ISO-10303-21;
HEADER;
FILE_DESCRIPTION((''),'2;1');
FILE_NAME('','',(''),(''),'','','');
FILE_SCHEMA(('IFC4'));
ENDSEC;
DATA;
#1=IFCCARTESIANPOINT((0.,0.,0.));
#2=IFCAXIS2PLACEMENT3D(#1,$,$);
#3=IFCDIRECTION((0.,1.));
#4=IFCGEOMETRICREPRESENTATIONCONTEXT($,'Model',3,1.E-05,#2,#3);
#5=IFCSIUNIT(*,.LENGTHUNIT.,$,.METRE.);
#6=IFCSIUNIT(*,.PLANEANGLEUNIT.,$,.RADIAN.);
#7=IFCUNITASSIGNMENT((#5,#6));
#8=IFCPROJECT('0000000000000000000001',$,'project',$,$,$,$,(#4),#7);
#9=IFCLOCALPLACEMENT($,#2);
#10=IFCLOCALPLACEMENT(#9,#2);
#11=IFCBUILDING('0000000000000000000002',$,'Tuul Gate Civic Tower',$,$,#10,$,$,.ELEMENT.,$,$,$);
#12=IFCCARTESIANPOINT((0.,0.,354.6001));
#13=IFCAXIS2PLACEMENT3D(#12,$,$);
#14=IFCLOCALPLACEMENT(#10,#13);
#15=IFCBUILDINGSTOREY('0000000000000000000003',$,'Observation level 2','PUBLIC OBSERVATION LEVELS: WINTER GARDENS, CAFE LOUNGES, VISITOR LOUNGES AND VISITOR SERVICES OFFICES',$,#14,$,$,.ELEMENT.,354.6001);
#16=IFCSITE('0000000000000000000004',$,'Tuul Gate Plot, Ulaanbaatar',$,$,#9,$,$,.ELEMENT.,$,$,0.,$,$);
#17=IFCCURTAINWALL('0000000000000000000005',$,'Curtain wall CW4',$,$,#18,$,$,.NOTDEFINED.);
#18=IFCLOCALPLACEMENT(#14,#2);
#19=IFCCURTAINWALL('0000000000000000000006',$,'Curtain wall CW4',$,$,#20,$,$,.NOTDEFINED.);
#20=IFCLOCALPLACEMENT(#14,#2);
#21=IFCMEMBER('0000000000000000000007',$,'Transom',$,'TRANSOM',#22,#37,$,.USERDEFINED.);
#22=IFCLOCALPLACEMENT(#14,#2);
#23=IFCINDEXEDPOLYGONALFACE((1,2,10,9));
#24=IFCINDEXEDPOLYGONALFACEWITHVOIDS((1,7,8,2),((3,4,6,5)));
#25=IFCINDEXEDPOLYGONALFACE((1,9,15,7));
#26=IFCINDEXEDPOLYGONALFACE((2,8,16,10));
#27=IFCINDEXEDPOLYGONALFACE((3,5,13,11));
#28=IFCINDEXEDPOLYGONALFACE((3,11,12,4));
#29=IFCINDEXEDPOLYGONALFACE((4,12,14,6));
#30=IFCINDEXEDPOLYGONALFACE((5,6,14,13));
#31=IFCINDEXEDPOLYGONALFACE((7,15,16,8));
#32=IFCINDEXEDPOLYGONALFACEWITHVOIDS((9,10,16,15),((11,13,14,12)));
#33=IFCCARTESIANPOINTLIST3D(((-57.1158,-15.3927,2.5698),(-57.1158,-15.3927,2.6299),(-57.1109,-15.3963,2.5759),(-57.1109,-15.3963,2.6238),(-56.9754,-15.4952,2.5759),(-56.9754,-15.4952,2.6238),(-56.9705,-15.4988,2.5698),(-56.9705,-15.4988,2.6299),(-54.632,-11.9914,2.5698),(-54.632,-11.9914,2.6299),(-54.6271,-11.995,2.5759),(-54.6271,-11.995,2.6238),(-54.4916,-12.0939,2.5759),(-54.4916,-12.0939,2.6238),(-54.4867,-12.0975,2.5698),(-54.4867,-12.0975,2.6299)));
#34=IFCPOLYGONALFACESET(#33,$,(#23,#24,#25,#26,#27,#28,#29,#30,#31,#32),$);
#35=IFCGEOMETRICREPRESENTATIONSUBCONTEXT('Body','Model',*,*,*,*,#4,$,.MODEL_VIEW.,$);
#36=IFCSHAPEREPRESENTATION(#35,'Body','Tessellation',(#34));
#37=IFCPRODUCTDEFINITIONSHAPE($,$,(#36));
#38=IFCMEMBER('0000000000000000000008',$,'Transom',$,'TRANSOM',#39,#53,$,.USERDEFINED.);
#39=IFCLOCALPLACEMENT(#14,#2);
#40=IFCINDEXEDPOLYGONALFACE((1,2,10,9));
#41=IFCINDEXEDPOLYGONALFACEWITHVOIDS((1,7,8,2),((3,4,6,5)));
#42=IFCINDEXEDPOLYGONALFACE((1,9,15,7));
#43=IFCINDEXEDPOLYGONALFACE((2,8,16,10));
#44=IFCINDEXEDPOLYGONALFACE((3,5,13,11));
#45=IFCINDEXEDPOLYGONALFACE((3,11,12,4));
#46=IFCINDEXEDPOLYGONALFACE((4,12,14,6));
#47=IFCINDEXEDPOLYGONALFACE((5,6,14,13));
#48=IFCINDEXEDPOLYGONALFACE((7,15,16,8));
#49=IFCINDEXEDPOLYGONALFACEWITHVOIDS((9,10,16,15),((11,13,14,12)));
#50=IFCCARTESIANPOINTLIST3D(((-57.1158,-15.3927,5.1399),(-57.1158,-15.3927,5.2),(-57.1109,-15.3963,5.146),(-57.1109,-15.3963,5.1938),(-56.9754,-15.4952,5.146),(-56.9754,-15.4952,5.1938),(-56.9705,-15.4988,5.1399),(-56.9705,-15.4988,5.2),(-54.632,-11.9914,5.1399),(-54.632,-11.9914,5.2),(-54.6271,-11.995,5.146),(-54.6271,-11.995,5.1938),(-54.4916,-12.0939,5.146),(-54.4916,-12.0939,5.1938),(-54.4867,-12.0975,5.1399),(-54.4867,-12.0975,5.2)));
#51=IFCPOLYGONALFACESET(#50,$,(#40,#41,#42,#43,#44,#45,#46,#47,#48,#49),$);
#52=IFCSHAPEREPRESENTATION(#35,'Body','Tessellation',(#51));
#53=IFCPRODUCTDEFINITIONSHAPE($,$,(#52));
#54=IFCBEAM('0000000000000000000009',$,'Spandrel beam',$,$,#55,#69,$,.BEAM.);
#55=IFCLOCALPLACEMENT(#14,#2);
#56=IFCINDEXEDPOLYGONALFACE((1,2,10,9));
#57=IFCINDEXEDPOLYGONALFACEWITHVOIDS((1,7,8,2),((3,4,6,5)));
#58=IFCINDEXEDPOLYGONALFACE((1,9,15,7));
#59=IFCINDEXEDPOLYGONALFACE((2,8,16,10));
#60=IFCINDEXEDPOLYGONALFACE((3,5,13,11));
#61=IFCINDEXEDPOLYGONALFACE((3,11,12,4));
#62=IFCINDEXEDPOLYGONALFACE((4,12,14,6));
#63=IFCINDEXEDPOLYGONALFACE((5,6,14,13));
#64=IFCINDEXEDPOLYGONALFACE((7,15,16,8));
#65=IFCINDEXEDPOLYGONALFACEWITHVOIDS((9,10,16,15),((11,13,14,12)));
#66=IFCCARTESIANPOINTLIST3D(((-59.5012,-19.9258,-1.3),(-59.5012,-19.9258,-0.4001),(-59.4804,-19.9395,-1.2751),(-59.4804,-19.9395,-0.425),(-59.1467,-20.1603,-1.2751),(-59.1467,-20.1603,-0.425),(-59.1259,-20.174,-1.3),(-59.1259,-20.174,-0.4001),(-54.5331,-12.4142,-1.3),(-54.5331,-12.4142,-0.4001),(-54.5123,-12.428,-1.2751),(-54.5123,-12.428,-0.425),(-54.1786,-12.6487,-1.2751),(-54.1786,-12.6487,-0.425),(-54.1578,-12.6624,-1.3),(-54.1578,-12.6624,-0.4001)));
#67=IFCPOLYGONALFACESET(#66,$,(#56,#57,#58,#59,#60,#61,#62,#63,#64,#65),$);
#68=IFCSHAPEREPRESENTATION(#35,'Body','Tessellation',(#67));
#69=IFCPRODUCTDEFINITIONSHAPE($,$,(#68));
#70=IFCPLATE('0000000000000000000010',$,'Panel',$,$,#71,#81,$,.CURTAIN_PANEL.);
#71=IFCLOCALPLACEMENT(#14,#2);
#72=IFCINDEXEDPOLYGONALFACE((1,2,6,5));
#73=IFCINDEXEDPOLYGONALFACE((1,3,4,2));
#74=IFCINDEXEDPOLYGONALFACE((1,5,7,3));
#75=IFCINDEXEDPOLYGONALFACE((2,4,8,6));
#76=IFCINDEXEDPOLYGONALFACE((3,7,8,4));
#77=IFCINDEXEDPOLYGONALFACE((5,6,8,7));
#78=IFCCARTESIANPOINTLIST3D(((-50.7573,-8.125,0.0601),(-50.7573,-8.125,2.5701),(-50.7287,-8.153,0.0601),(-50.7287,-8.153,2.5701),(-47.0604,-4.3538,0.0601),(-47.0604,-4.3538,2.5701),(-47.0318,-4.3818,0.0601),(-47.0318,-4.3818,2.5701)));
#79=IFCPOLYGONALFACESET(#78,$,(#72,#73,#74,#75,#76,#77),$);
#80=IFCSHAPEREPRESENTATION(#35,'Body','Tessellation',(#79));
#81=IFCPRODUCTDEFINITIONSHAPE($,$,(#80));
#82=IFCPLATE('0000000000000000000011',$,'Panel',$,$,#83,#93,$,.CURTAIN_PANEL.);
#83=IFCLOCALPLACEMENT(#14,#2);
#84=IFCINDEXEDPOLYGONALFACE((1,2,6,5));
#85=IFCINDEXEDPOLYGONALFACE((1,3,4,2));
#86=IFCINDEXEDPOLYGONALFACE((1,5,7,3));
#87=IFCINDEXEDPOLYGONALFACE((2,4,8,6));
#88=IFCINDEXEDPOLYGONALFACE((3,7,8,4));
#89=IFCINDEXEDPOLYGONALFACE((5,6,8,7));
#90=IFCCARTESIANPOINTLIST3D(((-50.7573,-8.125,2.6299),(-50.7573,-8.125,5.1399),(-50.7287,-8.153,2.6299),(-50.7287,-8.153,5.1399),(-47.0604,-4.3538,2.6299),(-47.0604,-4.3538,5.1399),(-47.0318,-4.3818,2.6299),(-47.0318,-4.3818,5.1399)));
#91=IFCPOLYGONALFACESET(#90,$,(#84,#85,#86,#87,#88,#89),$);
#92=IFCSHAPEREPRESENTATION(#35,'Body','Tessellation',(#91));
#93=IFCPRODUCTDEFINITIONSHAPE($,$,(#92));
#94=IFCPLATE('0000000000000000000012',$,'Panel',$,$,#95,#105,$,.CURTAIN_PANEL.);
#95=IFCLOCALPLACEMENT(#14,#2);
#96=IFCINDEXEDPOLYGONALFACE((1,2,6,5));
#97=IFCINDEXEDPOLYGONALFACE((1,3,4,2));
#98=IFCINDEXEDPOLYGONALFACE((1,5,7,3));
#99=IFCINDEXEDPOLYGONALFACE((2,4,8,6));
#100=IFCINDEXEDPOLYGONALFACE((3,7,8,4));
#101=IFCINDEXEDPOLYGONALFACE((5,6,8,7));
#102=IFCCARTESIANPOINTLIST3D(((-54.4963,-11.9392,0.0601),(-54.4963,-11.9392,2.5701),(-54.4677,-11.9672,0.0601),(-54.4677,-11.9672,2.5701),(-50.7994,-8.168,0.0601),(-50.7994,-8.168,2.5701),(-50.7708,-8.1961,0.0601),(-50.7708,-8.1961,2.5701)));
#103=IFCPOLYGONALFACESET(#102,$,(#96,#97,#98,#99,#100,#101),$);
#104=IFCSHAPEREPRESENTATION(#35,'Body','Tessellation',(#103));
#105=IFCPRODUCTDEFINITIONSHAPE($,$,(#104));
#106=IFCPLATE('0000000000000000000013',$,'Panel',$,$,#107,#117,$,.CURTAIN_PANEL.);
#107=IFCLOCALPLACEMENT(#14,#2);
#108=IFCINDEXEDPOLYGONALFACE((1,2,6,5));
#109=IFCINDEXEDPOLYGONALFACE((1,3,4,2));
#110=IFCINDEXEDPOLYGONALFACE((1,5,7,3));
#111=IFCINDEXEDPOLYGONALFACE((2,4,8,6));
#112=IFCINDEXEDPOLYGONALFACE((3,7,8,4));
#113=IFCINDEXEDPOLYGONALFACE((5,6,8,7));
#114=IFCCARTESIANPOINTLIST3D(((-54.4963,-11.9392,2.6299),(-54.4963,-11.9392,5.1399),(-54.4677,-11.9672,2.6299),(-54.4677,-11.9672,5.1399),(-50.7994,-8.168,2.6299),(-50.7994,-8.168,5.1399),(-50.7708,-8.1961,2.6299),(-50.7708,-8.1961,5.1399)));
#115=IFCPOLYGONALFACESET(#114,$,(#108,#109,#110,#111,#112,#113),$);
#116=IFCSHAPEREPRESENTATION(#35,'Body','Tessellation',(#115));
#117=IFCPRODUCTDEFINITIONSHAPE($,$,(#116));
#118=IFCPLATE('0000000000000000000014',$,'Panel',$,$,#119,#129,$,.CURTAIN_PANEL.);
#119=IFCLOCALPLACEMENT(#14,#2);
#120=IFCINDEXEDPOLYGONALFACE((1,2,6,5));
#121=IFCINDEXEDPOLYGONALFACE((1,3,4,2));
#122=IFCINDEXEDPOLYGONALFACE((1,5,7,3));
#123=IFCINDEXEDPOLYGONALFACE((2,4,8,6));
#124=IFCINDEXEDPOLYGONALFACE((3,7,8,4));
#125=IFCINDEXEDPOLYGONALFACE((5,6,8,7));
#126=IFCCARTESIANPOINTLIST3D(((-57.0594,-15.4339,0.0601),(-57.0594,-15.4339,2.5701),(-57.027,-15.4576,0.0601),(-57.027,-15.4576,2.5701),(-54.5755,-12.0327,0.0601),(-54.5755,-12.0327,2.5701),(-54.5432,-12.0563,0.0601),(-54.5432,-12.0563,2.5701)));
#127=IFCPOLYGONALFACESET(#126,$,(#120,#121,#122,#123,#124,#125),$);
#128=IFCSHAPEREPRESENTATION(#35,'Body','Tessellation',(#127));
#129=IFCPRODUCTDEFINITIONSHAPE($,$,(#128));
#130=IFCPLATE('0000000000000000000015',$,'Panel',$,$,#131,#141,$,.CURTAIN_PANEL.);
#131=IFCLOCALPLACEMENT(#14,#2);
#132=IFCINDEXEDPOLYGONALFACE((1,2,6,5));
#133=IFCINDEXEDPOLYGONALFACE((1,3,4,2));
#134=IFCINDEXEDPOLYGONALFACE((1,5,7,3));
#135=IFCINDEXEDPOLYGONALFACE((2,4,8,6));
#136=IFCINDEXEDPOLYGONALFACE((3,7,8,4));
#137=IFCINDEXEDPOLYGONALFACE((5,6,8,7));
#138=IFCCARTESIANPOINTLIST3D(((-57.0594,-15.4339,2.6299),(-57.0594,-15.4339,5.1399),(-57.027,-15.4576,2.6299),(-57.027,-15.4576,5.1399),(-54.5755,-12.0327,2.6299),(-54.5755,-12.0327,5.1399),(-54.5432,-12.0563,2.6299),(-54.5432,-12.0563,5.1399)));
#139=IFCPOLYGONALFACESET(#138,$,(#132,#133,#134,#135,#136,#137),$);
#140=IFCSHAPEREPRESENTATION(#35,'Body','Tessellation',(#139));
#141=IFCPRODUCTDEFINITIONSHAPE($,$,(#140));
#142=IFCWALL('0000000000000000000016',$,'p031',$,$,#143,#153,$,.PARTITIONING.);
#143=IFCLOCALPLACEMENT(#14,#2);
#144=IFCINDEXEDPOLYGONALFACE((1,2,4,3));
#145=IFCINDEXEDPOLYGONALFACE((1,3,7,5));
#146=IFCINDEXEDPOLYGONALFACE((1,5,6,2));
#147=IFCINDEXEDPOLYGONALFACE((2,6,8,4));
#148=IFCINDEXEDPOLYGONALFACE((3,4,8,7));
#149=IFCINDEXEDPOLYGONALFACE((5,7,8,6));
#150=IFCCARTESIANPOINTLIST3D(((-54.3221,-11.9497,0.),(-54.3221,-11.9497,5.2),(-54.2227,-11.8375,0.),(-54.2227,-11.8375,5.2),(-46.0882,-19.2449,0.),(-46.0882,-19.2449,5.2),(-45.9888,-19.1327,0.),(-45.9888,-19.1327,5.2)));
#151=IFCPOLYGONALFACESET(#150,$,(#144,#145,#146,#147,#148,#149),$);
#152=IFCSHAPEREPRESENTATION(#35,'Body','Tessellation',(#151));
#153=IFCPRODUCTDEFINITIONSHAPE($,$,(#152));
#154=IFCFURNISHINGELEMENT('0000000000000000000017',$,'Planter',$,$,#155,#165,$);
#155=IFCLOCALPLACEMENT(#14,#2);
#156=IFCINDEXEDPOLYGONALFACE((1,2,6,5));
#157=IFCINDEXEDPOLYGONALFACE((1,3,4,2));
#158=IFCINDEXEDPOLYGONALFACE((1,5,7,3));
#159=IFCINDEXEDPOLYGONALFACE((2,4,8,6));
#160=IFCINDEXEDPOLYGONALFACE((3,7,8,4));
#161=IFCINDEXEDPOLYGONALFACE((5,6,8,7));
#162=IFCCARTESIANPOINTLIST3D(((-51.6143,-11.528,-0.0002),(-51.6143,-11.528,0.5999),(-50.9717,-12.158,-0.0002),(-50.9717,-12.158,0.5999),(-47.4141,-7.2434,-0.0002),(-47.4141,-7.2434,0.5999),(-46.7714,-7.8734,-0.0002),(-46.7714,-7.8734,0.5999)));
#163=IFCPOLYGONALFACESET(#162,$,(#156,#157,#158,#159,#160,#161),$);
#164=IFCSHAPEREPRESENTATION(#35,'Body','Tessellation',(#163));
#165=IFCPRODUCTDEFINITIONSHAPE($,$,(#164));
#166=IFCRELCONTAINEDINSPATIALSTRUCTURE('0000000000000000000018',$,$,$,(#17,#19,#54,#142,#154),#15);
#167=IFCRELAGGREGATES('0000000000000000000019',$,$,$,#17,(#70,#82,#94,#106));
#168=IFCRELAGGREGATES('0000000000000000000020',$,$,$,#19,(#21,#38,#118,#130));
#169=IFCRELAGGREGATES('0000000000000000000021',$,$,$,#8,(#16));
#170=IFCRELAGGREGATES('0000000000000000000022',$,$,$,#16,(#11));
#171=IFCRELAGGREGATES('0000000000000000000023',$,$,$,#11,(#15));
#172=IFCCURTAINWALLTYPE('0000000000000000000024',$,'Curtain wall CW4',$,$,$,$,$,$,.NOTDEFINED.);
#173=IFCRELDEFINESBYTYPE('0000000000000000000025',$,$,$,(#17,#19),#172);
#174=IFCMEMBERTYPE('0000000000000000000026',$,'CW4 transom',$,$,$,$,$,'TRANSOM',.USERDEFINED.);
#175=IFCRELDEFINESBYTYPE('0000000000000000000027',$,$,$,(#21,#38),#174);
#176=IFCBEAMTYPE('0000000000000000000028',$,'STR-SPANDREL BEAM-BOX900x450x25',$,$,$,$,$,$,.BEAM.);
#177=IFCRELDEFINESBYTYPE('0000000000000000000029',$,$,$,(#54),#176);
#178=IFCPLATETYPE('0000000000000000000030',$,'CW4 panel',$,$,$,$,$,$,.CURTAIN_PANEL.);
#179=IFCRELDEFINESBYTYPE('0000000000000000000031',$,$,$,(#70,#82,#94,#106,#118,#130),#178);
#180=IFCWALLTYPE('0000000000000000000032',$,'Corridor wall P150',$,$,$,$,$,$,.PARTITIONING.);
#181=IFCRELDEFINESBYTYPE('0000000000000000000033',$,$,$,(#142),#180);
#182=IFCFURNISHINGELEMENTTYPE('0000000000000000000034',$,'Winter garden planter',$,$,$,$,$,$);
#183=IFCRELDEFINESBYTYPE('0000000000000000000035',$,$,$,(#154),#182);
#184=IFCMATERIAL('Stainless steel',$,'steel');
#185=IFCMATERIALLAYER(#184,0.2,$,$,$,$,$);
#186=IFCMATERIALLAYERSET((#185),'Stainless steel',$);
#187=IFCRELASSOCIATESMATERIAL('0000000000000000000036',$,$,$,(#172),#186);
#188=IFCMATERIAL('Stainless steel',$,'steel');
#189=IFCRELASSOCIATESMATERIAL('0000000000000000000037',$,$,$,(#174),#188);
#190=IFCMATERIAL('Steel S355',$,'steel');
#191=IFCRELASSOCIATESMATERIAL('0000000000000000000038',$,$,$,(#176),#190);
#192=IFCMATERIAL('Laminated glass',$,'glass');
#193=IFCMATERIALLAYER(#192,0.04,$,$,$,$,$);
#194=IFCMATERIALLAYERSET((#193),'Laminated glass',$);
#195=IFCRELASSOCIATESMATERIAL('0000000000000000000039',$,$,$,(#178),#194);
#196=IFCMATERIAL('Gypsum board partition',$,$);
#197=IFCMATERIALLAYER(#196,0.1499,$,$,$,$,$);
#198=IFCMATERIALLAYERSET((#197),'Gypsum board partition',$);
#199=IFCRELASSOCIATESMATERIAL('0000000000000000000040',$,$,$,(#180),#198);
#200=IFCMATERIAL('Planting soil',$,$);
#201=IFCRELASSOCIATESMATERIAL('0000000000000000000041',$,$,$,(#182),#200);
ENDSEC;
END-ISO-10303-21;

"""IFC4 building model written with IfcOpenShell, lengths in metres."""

from ifc_helpers import new_model, si_unit, direction, frame, frame_2d, origin, origin_2d, place, context, subcontext, project, spatial, rectangle, hollow_rectangle, extrude, material, layer, layer_set, material_profile, profile_set, type_object, element, aggregate, save


model = new_model("IFC4")

# Units and contexts
model_context = context("Model", 3, precision=1e-05, world=origin(), true_north=direction((0.0, 1.0)))
body_context = subcontext(model_context, "Body", "Model", "MODEL_VIEW")
ifc_project = project(units=[si_unit("LENGTHUNIT", "METRE"), si_unit("PLANEANGLEUNIT", "RADIAN")], contexts=[model_context])

# Site, building, storey
site_placement = place(None, origin())
site = spatial("IfcSite", under=ifc_project, at=site_placement, Name="Tuul Gate Plot, Ulaanbaatar", CompositionType="ELEMENT", RefElevation=0.0)
building_placement = place(site_placement, origin())
building = spatial("IfcBuilding", under=site, at=building_placement, Name="Tuul Gate Civic Tower", CompositionType="ELEMENT")
storey_placement = place(building_placement, frame((0.0, 0.0, 354.6001)))
storey = spatial("IfcBuildingStorey", under=building, at=storey_placement, Name="Observation level 2", Description="PUBLIC OBSERVATION LEVELS: WINTER GARDENS, CAFE LOUNGES, VISITOR LOUNGES AND VISITOR SERVICES OFFICES", CompositionType="ELEMENT", Elevation=354.6001)

# Curtain wall
ifc_material_1 = material(Name="Stainless steel", Category="steel")
ifc_layer_1 = layer(ifc_material_1, 0.2)
ifc_layer_set_1 = layer_set([ifc_layer_1], Name="Stainless steel")
curtain_wall_type = type_object("IfcCurtainWallType", Name="Curtain wall CW4", PredefinedType="NOTDEFINED", material=ifc_layer_set_1)
curtain_wall_1_placement = place(storey_placement, origin())
curtain_wall_1 = element("IfcCurtainWall", 1, at=curtain_wall_1_placement, inside=storey, type_object=curtain_wall_type, Name="Curtain wall CW4", PredefinedType="NOTDEFINED")

# Curtain wall
curtain_wall_2_placement = place(storey_placement, origin())
curtain_wall_2 = element("IfcCurtainWall", 2, at=curtain_wall_2_placement, inside=storey, type_object=curtain_wall_type, Name="Curtain wall CW4", PredefinedType="NOTDEFINED")

# Members
ifc_material_2 = material(Name="Stainless steel", Category="steel")
ifc_material_profile_1 = material_profile(ifc_material_2, hollow_rectangle(XDim=0.1799, YDim=0.0601, WallThickness=0.0061, at=origin_2d()), Name="CW4 transom")
ifc_profile_set_1 = profile_set([ifc_material_profile_1], Name="Stainless steel")
member_type_1 = type_object("IfcMemberType", Name="CW4 transom", ElementType="TRANSOM", PredefinedType="USERDEFINED", material=ifc_profile_set_1)
member_1_placement = place(storey_placement, frame((-54.5593, -12.0444, 2.5999), z_axis=(-0.589749, -0.807586, 0.0), x_axis=(0.807586, -0.589749, 0.0)))
member_1 = element("IfcMember", 3, at=member_1_placement, type_object=member_type_1, Name="Transom", ObjectType="TRANSOM", PredefinedType="USERDEFINED", context=body_context, shape_type="SweptSolid", body=[
    extrude(hollow_rectangle(XDim=0.1799, YDim=0.0601, WallThickness=0.0061, at=origin_2d()), origin(), (0.0, 0.0, 1.0), 4.2117),
])
member_2_placement = place(storey_placement, frame((-54.5593, -12.0444, 5.1699), z_axis=(-0.589749, -0.807586, 0.0), x_axis=(0.807586, -0.589749, 0.0)))
member_2 = element("IfcMember", 4, at=member_2_placement, type_object=member_type_1, Name="Transom", ObjectType="TRANSOM", PredefinedType="USERDEFINED", context=body_context, shape_type="SweptSolid", body=[
    extrude(hollow_rectangle(XDim=0.1799, YDim=0.0601, WallThickness=0.0061, at=origin_2d()), origin(), (0.0, 0.0, 1.0), 4.2117),
])

# Beam
ifc_material_3 = material(Name="Steel S355", Category="steel")
ifc_material_profile_2 = material_profile(ifc_material_3, hollow_rectangle(XDim=0.45, YDim=0.8999, WallThickness=0.0249, at=origin_2d()), Name="BOX900x450x25")
ifc_profile_set_2 = profile_set([ifc_material_profile_2], Name="Steel S355")
beam_type = type_object("IfcBeamType", Name="STR-SPANDREL BEAM-BOX900x450x25", PredefinedType="BEAM", material=ifc_profile_set_2)
beam_placement = place(storey_placement, frame((-54.3455, -12.5383, -0.8501), z_axis=(-0.55165, -0.834076, 0.0), x_axis=(0.834076, -0.55165, 0.0)))
element("IfcBeam", 5, at=beam_placement, inside=storey, type_object=beam_type, Name="Spandrel beam", PredefinedType="BEAM", context=body_context, shape_type="SweptSolid", body=[
    extrude(hollow_rectangle(XDim=0.45, YDim=0.8999, WallThickness=0.0249, at=origin_2d()), origin(), (0.0, 0.0, 1.0), 9.0059),
])

# Plates
ifc_material_4 = material(Name="Laminated glass", Category="glass")
ifc_layer_2 = layer(ifc_material_4, 0.04)
ifc_layer_set_2 = layer_set([ifc_layer_2], Name="Laminated glass")
plate_type = type_object("IfcPlateType", Name="CW4 panel", PredefinedType="CURTAIN_PANEL", material=ifc_layer_set_2)
plate_1_placement = place(storey_placement, frame((-48.8945, -6.2534, 0.0601), z_axis=(0.0, 0.0, 1.0), x_axis=(-0.700043, -0.7141, 0.0)))
plate_1 = element("IfcPlate", 6, at=plate_1_placement, type_object=plate_type, Name="Panel", PredefinedType="CURTAIN_PANEL", context=body_context, shape_type="SweptSolid", body=[
    extrude(rectangle(XDim=5.281, YDim=0.04, at=origin_2d()), origin(), (0.0, 0.0, 1.0), 2.51),
])
plate_2_placement = place(storey_placement, frame((-48.8945, -6.2534, 2.6299), z_axis=(0.0, 0.0, 1.0), x_axis=(-0.700043, -0.7141, 0.0)))
plate_2 = element("IfcPlate", 7, at=plate_2_placement, type_object=plate_type, Name="Panel", PredefinedType="CURTAIN_PANEL", context=body_context, shape_type="SweptSolid", body=[
    extrude(rectangle(XDim=5.281, YDim=0.04, at=origin_2d()), origin(), (0.0, 0.0, 1.0), 2.51),
])
plate_3_placement = place(storey_placement, frame((-52.6335, -10.0676, 0.0601), z_axis=(0.0, 0.0, 1.0), x_axis=(-0.700043, -0.7141, 0.0)))
plate_3 = element("IfcPlate", 8, at=plate_3_placement, type_object=plate_type, Name="Panel", PredefinedType="CURTAIN_PANEL", context=body_context, shape_type="SweptSolid", body=[
    extrude(rectangle(XDim=5.281, YDim=0.04, at=origin_2d()), origin(), (0.0, 0.0, 1.0), 2.51),
])
plate_4_placement = place(storey_placement, frame((-52.6335, -10.0676, 2.6299), z_axis=(0.0, 0.0, 1.0), x_axis=(-0.700043, -0.7141, 0.0)))
plate_4 = element("IfcPlate", 9, at=plate_4_placement, type_object=plate_type, Name="Panel", PredefinedType="CURTAIN_PANEL", context=body_context, shape_type="SweptSolid", body=[
    extrude(rectangle(XDim=5.281, YDim=0.04, at=origin_2d()), origin(), (0.0, 0.0, 1.0), 2.51),
])
aggregate(curtain_wall_1, [plate_1, plate_2, plate_3, plate_4])
plate_5_placement = place(storey_placement, frame((-55.8013, -13.7451, 0.0601), z_axis=(0.0, 0.0, 1.0), x_axis=(-0.58976, -0.807578, 0.0)))
plate_5 = element("IfcPlate", 10, at=plate_5_placement, type_object=plate_type, Name="Panel", PredefinedType="CURTAIN_PANEL", context=body_context, shape_type="SweptSolid", body=[
    extrude(rectangle(XDim=4.2117, YDim=0.04, at=origin_2d()), origin(), (0.0, 0.0, 1.0), 2.51),
])
plate_6_placement = place(storey_placement, frame((-55.8013, -13.7451, 2.6299), z_axis=(0.0, 0.0, 1.0), x_axis=(-0.58976, -0.807578, 0.0)))
plate_6 = element("IfcPlate", 11, at=plate_6_placement, type_object=plate_type, Name="Panel", PredefinedType="CURTAIN_PANEL", context=body_context, shape_type="SweptSolid", body=[
    extrude(rectangle(XDim=4.2117, YDim=0.04, at=origin_2d()), origin(), (0.0, 0.0, 1.0), 2.51),
])
aggregate(curtain_wall_2, [member_1, member_2, plate_5, plate_6])

# Wall
ifc_material_5 = material(Name="Gypsum board partition")
ifc_layer_3 = layer(ifc_material_5, 0.1499)
ifc_layer_set_3 = layer_set([ifc_layer_3], Name="Gypsum board partition")
wall_type = type_object("IfcWallType", Name="Corridor wall P150", PredefinedType="PARTITIONING", material=ifc_layer_set_3)
wall_placement = place(storey_placement, frame((-54.2725, -11.8936, 0.0), z_axis=(0.0, 0.0, 1.0), x_axis=(0.748485, -0.663152, 0.0)))
element("IfcWall", 12, at=wall_placement, inside=storey, type_object=wall_type, Name="p031", PredefinedType="PARTITIONING", context=body_context, shape_type="SweptSolid", body=[
    extrude(rectangle(XDim=11.0007, YDim=0.1499, at=frame_2d((5.5005, 0.0))), origin(), (0.0, 0.0, 1.0), 5.2),
])

# Furnishing element
ifc_material_6 = material(Name="Planting soil")
furnishing_element_type = type_object("IfcFurnishingElementType", Name="Winter garden planter", material=ifc_material_6)
furnishing_placement = place(storey_placement, frame((-49.1929, -9.7007, -0.0002), z_axis=(0.0, 0.0, 1.0), x_axis=(-0.700043, -0.7141, 0.0)))
element("IfcFurnishingElement", 13, at=furnishing_placement, inside=storey, type_object=furnishing_element_type, Name="Planter", context=body_context, shape_type="SweptSolid", body=[
    extrude(rectangle(XDim=6.0, YDim=0.8999, at=origin_2d()), origin(), (0.0, 0.0, 1.0), 0.6001),
])

save(model, "model.ifc")
